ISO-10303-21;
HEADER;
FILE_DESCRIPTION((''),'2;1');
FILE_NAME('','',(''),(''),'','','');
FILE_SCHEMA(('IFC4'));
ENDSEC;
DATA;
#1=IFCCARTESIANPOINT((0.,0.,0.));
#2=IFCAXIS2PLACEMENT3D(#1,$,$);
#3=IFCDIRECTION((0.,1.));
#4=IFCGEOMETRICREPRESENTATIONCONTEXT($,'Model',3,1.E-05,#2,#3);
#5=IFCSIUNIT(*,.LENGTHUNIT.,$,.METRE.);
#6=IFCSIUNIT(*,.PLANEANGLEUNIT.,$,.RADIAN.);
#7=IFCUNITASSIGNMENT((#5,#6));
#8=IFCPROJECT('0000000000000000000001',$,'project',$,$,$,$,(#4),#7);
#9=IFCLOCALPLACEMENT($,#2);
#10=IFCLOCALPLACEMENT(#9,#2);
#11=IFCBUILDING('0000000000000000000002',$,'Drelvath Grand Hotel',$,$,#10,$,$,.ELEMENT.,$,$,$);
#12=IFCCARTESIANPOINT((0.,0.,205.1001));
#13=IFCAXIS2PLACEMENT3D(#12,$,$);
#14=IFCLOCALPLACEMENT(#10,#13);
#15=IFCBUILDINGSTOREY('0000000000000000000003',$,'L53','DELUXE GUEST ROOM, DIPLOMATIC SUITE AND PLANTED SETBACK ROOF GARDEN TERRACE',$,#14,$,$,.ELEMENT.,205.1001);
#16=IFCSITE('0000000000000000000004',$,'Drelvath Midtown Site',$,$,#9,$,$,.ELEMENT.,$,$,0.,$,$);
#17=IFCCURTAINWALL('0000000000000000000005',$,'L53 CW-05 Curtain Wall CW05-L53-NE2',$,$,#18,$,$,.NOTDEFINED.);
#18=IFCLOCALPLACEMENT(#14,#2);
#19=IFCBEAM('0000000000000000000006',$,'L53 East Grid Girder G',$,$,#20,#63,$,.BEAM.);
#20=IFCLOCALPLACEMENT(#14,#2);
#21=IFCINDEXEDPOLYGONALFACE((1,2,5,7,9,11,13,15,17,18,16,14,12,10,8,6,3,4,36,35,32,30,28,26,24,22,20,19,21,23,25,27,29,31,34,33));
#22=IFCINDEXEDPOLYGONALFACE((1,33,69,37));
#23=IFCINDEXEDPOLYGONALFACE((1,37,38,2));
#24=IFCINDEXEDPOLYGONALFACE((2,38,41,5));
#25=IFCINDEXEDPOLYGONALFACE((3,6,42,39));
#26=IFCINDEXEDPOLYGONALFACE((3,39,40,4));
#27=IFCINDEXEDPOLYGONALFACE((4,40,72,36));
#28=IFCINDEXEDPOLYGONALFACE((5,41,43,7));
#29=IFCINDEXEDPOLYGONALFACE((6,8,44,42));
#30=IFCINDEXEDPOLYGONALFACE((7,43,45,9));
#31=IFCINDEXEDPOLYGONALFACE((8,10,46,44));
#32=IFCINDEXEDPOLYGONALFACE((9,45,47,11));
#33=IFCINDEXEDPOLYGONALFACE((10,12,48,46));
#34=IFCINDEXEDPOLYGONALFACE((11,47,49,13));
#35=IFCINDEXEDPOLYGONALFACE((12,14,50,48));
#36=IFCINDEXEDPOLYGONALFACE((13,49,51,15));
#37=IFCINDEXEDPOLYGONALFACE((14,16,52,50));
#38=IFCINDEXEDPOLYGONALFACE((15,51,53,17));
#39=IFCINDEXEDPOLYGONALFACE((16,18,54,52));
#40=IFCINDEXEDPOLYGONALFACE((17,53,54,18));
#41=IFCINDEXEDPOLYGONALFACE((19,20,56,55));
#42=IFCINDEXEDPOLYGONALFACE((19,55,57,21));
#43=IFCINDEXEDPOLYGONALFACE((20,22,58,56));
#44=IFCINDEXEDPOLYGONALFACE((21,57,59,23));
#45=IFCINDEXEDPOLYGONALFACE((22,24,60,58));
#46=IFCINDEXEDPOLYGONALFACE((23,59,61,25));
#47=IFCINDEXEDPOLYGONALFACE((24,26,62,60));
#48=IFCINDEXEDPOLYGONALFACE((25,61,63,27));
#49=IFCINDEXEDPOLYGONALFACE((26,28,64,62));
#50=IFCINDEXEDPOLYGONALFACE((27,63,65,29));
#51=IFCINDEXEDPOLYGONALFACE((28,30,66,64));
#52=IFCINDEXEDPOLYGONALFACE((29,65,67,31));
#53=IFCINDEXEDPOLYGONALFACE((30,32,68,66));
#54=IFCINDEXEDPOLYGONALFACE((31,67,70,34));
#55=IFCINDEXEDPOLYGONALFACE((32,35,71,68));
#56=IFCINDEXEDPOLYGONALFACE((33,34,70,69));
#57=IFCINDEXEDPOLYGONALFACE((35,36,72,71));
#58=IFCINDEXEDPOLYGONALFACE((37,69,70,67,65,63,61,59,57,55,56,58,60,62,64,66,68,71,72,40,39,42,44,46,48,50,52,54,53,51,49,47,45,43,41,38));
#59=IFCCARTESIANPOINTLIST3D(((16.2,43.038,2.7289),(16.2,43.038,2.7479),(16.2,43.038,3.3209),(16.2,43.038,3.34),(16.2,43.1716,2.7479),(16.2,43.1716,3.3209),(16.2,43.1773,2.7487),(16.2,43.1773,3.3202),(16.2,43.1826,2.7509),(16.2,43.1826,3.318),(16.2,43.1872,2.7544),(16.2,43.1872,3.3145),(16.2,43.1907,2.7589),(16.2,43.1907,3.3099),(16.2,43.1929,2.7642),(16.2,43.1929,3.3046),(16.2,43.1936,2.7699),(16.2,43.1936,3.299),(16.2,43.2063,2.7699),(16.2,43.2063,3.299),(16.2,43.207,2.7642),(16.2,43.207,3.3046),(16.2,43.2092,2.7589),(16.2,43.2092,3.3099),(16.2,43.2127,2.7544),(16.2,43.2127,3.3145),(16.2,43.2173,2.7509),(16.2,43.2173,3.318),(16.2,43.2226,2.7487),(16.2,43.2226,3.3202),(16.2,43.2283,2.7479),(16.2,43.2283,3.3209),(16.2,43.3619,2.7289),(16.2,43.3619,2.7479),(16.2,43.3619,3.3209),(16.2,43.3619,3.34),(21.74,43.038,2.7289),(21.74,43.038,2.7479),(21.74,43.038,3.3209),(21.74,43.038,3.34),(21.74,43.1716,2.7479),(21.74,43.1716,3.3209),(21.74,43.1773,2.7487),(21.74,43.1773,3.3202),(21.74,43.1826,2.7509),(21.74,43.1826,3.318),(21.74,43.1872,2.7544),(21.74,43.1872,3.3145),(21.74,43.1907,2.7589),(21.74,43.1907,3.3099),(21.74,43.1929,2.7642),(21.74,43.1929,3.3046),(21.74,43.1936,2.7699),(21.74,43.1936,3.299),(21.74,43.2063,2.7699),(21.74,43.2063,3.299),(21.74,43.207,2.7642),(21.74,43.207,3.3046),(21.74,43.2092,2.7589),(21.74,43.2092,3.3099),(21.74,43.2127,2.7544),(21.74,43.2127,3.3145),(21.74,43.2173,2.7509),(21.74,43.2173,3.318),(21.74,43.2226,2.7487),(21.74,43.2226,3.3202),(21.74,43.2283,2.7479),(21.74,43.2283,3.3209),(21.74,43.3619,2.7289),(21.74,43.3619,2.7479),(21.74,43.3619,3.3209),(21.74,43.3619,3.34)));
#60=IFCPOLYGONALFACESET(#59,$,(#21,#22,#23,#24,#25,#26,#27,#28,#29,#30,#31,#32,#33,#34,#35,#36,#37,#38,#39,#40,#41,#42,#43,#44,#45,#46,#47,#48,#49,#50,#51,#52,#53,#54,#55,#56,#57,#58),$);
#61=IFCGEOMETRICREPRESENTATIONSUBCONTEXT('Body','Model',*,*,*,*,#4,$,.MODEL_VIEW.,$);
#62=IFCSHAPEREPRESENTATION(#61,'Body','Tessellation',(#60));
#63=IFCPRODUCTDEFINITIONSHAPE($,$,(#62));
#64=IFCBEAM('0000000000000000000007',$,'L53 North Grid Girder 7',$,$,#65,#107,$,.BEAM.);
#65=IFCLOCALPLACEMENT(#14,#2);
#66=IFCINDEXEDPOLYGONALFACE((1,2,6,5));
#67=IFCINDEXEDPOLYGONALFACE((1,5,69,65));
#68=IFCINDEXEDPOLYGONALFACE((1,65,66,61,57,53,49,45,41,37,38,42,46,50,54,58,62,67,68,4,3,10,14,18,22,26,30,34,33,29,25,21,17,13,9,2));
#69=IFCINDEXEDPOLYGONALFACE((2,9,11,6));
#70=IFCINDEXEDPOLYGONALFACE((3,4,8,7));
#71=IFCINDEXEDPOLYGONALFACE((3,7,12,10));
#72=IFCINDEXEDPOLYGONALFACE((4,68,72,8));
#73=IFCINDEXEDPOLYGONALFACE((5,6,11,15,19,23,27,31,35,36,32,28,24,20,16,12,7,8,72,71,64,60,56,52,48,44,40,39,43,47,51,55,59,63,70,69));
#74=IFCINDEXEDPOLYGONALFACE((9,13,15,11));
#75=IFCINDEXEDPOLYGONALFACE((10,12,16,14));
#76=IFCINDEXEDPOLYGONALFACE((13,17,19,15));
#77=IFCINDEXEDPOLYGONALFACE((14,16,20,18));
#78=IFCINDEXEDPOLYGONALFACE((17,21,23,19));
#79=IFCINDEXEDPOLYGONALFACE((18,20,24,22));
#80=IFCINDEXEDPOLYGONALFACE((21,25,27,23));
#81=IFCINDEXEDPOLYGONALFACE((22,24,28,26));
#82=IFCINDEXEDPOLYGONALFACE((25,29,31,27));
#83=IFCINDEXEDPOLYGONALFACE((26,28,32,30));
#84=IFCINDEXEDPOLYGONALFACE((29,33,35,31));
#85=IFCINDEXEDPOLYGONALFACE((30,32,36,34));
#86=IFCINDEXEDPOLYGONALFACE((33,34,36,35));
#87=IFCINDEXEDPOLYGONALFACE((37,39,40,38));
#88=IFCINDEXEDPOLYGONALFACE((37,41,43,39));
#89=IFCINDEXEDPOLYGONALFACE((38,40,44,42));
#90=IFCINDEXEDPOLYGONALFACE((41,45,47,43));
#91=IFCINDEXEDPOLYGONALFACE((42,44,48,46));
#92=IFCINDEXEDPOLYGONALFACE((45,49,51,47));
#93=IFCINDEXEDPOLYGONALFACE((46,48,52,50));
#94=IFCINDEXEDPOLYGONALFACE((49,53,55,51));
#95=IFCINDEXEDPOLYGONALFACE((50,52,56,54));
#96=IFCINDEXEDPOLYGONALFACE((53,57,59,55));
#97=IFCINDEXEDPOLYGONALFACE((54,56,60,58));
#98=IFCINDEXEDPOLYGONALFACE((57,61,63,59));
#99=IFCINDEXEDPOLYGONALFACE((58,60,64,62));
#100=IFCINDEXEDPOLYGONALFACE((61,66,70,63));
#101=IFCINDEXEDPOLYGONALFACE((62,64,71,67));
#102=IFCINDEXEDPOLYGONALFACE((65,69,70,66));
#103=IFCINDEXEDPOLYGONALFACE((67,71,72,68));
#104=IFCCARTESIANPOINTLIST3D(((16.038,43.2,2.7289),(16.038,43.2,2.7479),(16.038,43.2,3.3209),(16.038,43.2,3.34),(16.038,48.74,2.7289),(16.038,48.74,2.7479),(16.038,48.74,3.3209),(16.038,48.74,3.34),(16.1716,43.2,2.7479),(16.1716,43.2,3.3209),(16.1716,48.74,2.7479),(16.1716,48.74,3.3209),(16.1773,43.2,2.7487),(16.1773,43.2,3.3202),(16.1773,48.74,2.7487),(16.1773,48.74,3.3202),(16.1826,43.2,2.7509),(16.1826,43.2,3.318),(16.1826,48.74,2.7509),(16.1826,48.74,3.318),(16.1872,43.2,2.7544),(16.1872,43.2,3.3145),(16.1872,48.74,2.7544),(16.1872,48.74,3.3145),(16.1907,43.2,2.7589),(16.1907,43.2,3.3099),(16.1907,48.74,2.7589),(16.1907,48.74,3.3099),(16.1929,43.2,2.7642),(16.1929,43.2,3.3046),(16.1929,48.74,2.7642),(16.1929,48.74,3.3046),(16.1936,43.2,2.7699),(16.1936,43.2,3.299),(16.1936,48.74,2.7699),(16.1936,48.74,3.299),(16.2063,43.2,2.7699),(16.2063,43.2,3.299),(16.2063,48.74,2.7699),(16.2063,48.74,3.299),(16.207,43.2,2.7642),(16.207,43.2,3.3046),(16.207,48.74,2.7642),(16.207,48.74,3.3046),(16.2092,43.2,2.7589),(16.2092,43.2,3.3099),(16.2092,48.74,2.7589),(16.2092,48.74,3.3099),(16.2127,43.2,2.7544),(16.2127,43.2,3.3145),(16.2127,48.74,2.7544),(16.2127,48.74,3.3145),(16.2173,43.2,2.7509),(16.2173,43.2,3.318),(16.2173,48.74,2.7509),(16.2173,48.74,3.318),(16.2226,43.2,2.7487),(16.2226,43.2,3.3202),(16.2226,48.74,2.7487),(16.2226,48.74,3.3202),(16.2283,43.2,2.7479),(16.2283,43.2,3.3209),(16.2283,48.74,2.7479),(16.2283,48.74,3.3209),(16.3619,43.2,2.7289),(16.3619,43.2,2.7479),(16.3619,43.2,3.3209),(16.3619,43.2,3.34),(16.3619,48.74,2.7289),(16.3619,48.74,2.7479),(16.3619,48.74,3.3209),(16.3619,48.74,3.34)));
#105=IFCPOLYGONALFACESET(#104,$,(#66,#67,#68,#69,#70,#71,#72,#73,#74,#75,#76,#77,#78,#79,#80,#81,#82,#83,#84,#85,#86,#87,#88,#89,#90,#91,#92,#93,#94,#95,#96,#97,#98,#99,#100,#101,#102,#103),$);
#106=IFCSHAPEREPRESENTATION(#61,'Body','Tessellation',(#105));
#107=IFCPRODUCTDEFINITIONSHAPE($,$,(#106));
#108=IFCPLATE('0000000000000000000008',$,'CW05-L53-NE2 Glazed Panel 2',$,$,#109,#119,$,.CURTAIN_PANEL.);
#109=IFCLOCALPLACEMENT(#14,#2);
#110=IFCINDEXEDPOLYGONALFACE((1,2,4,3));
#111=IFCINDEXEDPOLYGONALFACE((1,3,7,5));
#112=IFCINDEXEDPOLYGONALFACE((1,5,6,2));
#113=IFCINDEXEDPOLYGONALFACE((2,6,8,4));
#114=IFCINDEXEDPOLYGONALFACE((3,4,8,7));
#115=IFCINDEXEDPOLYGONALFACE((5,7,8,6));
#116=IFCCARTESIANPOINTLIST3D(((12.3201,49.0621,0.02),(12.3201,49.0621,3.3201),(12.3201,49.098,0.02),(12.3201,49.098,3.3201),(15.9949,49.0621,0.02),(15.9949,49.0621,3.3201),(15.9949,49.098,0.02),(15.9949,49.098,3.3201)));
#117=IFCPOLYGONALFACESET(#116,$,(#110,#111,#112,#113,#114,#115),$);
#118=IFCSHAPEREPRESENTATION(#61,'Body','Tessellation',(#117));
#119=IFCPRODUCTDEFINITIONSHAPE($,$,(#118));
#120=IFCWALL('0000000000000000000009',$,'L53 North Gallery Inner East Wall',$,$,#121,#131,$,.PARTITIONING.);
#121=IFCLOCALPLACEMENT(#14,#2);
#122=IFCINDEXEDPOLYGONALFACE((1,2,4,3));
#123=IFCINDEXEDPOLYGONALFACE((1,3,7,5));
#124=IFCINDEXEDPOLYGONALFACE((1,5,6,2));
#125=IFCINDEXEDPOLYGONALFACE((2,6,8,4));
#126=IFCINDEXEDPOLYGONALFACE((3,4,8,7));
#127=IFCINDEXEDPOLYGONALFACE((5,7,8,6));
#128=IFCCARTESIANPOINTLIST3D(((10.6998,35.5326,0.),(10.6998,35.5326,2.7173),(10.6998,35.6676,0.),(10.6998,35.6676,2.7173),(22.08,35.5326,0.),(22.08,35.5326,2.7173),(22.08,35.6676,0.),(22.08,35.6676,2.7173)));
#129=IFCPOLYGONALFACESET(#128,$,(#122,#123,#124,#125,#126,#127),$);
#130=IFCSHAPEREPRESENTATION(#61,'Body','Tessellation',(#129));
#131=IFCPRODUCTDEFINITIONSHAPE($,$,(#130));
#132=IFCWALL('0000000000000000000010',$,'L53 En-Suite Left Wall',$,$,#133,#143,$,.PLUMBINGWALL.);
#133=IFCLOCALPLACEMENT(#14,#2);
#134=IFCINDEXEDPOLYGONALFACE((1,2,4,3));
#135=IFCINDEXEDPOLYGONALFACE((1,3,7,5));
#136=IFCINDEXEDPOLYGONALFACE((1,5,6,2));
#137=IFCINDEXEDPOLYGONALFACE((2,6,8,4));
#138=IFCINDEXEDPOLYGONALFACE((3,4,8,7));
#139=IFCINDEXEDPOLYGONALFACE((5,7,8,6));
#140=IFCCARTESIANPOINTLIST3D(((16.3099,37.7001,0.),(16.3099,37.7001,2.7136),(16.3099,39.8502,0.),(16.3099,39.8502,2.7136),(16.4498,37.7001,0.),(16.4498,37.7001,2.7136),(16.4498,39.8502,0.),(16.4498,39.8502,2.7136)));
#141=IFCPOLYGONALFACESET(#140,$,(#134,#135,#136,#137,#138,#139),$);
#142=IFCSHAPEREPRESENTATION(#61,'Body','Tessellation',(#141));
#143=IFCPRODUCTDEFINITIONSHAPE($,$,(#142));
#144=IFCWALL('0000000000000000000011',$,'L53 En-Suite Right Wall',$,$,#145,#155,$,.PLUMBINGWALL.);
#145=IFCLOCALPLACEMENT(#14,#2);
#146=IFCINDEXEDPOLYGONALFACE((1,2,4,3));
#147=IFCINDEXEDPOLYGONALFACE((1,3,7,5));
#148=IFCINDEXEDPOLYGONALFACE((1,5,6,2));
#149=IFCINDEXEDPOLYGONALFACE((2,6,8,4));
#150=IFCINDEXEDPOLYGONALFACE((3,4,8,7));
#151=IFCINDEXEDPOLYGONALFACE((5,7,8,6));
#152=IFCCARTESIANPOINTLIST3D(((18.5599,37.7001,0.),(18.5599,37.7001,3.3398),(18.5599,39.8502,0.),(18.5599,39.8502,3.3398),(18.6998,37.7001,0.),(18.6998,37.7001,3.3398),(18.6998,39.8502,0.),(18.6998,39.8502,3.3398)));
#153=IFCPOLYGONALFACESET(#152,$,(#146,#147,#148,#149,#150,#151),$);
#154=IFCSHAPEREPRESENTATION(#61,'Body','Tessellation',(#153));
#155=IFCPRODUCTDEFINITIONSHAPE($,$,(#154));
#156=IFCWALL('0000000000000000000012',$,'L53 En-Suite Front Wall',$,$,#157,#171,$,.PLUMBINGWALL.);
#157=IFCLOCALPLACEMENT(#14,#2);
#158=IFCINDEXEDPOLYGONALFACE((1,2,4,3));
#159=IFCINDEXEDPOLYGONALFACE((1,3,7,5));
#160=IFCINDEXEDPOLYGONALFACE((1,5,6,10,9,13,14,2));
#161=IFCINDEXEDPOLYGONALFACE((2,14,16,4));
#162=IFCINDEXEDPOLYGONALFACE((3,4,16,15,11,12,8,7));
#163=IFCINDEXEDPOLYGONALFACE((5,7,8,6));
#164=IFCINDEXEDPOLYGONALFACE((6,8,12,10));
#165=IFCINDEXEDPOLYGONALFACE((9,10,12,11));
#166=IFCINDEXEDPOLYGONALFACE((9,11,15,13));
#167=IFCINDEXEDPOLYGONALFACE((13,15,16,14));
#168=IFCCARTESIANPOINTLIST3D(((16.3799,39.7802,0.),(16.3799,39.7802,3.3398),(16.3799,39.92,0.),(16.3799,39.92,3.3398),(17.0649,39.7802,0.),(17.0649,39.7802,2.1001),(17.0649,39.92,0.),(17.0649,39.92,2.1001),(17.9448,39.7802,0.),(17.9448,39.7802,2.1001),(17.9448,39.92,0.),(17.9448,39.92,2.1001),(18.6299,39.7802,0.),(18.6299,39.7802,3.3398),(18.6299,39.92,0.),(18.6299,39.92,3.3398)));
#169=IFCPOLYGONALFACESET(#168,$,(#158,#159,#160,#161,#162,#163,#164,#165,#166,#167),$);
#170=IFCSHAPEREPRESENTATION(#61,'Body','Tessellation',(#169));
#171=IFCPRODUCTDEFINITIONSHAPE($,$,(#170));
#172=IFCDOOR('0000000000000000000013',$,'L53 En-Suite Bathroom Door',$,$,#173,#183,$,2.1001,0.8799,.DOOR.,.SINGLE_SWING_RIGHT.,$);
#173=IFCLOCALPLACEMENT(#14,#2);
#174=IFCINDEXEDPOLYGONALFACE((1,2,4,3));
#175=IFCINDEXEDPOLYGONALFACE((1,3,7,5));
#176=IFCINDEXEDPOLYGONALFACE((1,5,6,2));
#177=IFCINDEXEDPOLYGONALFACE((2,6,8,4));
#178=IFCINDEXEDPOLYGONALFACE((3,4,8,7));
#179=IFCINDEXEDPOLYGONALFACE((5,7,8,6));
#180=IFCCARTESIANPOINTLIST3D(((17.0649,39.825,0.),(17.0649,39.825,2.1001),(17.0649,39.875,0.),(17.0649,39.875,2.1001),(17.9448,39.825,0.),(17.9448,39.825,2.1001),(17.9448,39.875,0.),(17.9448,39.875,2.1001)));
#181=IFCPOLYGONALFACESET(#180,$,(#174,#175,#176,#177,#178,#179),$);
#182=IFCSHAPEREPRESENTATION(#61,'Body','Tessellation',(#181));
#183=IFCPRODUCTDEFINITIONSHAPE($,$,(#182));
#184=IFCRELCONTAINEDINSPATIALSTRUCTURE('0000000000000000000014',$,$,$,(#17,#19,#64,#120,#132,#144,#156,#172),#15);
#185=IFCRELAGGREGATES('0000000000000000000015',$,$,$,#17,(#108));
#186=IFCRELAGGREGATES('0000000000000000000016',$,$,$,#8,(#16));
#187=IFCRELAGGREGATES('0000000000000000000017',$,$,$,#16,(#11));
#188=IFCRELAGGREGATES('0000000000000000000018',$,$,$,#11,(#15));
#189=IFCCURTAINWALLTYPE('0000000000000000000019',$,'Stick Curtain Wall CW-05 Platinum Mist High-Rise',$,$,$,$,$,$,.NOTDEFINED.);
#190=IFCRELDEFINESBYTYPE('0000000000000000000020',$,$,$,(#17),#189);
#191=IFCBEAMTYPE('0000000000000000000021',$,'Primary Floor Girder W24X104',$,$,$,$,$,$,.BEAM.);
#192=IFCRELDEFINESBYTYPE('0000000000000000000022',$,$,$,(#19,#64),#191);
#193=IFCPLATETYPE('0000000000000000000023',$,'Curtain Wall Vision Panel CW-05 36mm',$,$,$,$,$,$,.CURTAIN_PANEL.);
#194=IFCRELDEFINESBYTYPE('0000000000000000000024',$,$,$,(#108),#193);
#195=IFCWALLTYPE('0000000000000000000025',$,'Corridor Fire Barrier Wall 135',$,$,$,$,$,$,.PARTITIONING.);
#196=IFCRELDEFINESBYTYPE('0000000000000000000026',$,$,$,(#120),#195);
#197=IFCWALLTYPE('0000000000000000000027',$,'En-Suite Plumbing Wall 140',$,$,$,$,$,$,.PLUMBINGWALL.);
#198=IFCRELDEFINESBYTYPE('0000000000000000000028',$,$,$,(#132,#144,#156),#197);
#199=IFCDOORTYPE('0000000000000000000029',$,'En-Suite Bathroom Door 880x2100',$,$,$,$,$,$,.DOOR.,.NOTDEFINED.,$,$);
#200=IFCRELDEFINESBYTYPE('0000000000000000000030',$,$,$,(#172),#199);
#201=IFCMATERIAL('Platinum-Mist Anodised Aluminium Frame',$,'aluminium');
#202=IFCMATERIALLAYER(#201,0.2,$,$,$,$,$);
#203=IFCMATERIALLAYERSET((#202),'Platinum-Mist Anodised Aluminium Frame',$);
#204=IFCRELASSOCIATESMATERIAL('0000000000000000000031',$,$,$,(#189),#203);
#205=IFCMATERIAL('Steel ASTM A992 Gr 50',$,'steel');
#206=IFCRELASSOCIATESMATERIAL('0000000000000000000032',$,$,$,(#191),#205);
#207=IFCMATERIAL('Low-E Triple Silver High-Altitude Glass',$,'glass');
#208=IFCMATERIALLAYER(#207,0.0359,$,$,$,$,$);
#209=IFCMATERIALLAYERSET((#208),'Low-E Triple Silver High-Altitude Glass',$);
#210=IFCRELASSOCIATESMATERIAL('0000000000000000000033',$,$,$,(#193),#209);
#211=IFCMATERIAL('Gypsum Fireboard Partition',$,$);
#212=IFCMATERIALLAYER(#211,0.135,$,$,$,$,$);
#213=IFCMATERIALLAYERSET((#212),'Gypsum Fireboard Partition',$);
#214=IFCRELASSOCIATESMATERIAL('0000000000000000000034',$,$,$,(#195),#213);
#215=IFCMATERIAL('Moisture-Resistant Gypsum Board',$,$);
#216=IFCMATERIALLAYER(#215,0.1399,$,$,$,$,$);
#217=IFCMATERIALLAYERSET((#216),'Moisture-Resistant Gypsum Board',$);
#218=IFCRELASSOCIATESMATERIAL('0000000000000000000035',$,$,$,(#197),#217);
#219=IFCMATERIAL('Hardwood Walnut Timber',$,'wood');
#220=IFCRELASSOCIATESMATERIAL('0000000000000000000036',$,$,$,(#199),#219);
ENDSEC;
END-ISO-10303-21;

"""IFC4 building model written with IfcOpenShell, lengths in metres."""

from ifc_helpers import new_model, si_unit, direction, frame, frame_2d, origin, origin_2d, place, context, subcontext, project, spatial, rectangle, i_section, extrude, material, layer, layer_set, material_profile, profile_set, type_object, element, fill, aggregate, save


model = new_model("IFC4")

# Units and contexts
model_context = context("Model", 3, precision=1e-05, world=origin(), true_north=direction((0.0, 1.0)))
body_context = subcontext(model_context, "Body", "Model", "MODEL_VIEW")
ifc_project = project(units=[si_unit("LENGTHUNIT", "METRE"), si_unit("PLANEANGLEUNIT", "RADIAN")], contexts=[model_context])

# Site, building, storey
site_placement = place(None, origin())
site = spatial("IfcSite", under=ifc_project, at=site_placement, Name="Drelvath Midtown Site", CompositionType="ELEMENT", RefElevation=0.0)
building_placement = place(site_placement, origin())
building = spatial("IfcBuilding", under=site, at=building_placement, Name="Drelvath Grand Hotel", CompositionType="ELEMENT")
storey_placement = place(building_placement, frame((0.0, 0.0, 205.1001)))
storey = spatial("IfcBuildingStorey", under=building, at=storey_placement, Name="L53", Description="DELUXE GUEST ROOM, DIPLOMATIC SUITE AND PLANTED SETBACK ROOF GARDEN TERRACE", CompositionType="ELEMENT", Elevation=205.1001)

# Curtain wall
ifc_material_1 = material(Name="Platinum-Mist Anodised Aluminium Frame", Category="aluminium")
ifc_layer_1 = layer(ifc_material_1, 0.2)
ifc_layer_set_1 = layer_set([ifc_layer_1], Name="Platinum-Mist Anodised Aluminium Frame")
curtain_wall_type = type_object("IfcCurtainWallType", Name="Stick Curtain Wall CW-05 Platinum Mist High-Rise", PredefinedType="NOTDEFINED", material=ifc_layer_set_1)
curtain_wall_placement = place(storey_placement, origin())
curtain_wall = element("IfcCurtainWall", 1, at=curtain_wall_placement, inside=storey, type_object=curtain_wall_type, Name="L53 CW-05 Curtain Wall CW05-L53-NE2", PredefinedType="NOTDEFINED")

# Beams
ifc_material_2 = material(Name="Steel ASTM A992 Gr 50", Category="steel")
ifc_material_profile_1 = material_profile(ifc_material_2, i_section(OverallWidth=0.324, OverallDepth=0.6111, WebThickness=0.0127, FlangeThickness=0.019, FilletRadius=0.022, at=origin_2d()), Name="W24X104")
ifc_profile_set_1 = profile_set([ifc_material_profile_1], Name="Steel ASTM A992 Gr 50")
beam_type_1 = type_object("IfcBeamType", Name="Primary Floor Girder W24X104", PredefinedType="BEAM", material=ifc_profile_set_1)
for number, where, z_axis, x_axis, name in (
    (2, (16.2, 43.2, 3.0344), (1.0, 0.0, 0.0), (0.0, 1.0, 0.0), "L53 East Grid Girder G"),
    (3, (16.2, 43.2, 3.0344), (0.0, 1.0, 0.0), (-1.0, 0.0, 0.0), "L53 North Grid Girder 7"),
):
    element("IfcBeam", number, at=place(storey_placement, frame(where, z_axis=z_axis, x_axis=x_axis)), inside=storey, type_object=beam_type_1, Name=name, PredefinedType="BEAM", context=body_context, shape_type="SweptSolid", body=[
        extrude(i_section(OverallWidth=0.324, OverallDepth=0.6111, WebThickness=0.0127, FlangeThickness=0.019, FilletRadius=0.022, at=origin_2d()), origin(), (0.0, 0.0, 1.0), 5.54),
    ])

# Plate
ifc_material_3 = material(Name="Low-E Triple Silver High-Altitude Glass", Category="glass")
ifc_layer_2 = layer(ifc_material_3, 0.0359)
ifc_layer_set_2 = layer_set([ifc_layer_2], Name="Low-E Triple Silver High-Altitude Glass")
plate_type = type_object("IfcPlateType", Name="Curtain Wall Vision Panel CW-05 36mm", PredefinedType="CURTAIN_PANEL", material=ifc_layer_set_2)
plate_placement = place(storey_placement, frame((14.1575, 49.0801, 0.02), z_axis=(0.0, 0.0, 1.0), x_axis=(1.0, 0.0, 0.0)))
plate = element("IfcPlate", 4, at=plate_placement, type_object=plate_type, Name="CW05-L53-NE2 Glazed Panel 2", PredefinedType="CURTAIN_PANEL", context=body_context, shape_type="SweptSolid", body=[
    extrude(rectangle(XDim=3.6748, YDim=0.0359, at=origin_2d()), origin(), (0.0, 0.0, 1.0), 3.3),
])
aggregate(curtain_wall, [plate])

# Walls
ifc_material_4 = material(Name="Gypsum Fireboard Partition")
ifc_layer_3 = layer(ifc_material_4, 0.135)
ifc_layer_set_3 = layer_set([ifc_layer_3], Name="Gypsum Fireboard Partition")
wall_type_1 = type_object("IfcWallType", Name="Corridor Fire Barrier Wall 135", PredefinedType="PARTITIONING", material=ifc_layer_set_3)
wall_1_placement = place(storey_placement, frame((10.7, 35.6001, 0.0), z_axis=(0.0, 0.0, 1.0), x_axis=(1.0, 0.0, 0.0)))
element("IfcWall", 5, at=wall_1_placement, inside=storey, type_object=wall_type_1, Name="L53 North Gallery Inner East Wall", PredefinedType="PARTITIONING", context=body_context, shape_type="SweptSolid", body=[
    extrude(rectangle(XDim=11.3801, YDim=0.135, at=frame_2d((5.6899, 0.0))), origin(), (0.0, 0.0, 1.0), 2.7173),
])
ifc_material_5 = material(Name="Moisture-Resistant Gypsum Board")
ifc_layer_4 = layer(ifc_material_5, 0.1399)
ifc_layer_set_4 = layer_set([ifc_layer_4], Name="Moisture-Resistant Gypsum Board")
wall_type_2 = type_object("IfcWallType", Name="En-Suite Plumbing Wall 140", PredefinedType="PLUMBINGWALL", material=ifc_layer_set_4)
wall_2_placement = place(storey_placement, frame((16.3799, 37.7, 0.0), z_axis=(0.0, 0.0, 1.0), x_axis=(0.0, 1.0, 0.0)))
element("IfcWall", 6, at=wall_2_placement, inside=storey, type_object=wall_type_2, Name="L53 En-Suite Left Wall", PredefinedType="PLUMBINGWALL", context=body_context, shape_type="SweptSolid", body=[
    extrude(rectangle(XDim=2.1501, YDim=0.1399, at=frame_2d((1.0752, 0.0))), origin(), (0.0, 0.0, 1.0), 2.7136),
])
wall_3_placement = place(storey_placement, frame((18.6299, 37.7, 0.0), z_axis=(0.0, 0.0, 1.0), x_axis=(0.0, 1.0, 0.0)))
element("IfcWall", 7, at=wall_3_placement, inside=storey, type_object=wall_type_2, Name="L53 En-Suite Right Wall", PredefinedType="PLUMBINGWALL", context=body_context, shape_type="SweptSolid", body=[
    extrude(rectangle(XDim=2.1501, YDim=0.1399, at=frame_2d((1.0752, 0.0))), origin(), (0.0, 0.0, 1.0), 3.3398),
])

# Wall, opening, door
wall_4_placement = place(storey_placement, frame((16.3799, 39.8501, 0.0), z_axis=(0.0, 0.0, 1.0), x_axis=(1.0, 0.0, 0.0)))
wall_4 = element("IfcWall", 8, at=wall_4_placement, inside=storey, type_object=wall_type_2, Name="L53 En-Suite Front Wall", PredefinedType="PLUMBINGWALL", context=body_context, shape_type="SweptSolid", body=[
    extrude(rectangle(XDim=2.25, YDim=0.1399, at=frame_2d((1.125, 0.0))), origin(), (0.0, 0.0, 1.0), 3.3398),
])
opening_1_placement = place(wall_4_placement, frame((0.6851, 0.0, 0.0)))
opening_1 = element("IfcOpeningElement", 9, at=opening_1_placement, cuts=wall_4, PredefinedType="OPENING", context=body_context, shape_type="SweptSolid", body=[
    extrude(rectangle(XDim=0.8799, YDim=2.1001, at=frame_2d((0.4399, 1.05))), frame((0.0, 0.0798, 0.0), z_axis=(0.0, -1.0, 0.0), x_axis=(1.0, 0.0, 0.0)), (0.0, 0.0, 1.0), 0.1599),
])
ifc_material_6 = material(Name="Hardwood Walnut Timber", Category="wood")
door_type_1 = type_object("IfcDoorType", Name="En-Suite Bathroom Door 880x2100", OperationType="NOTDEFINED", PredefinedType="DOOR", material=ifc_material_6)
door_1_placement = place(opening_1_placement, origin())
door_1 = element("IfcDoor", 10, at=door_1_placement, inside=storey, type_object=door_type_1, Name="L53 En-Suite Bathroom Door", OperationType="SINGLE_SWING_RIGHT", OverallHeight=2.1001, OverallWidth=0.8799, PredefinedType="DOOR", context=body_context, shape_type="SweptSolid", body=[
    extrude(rectangle(XDim=0.8799, YDim=2.1001, at=frame_2d((0.4399, 1.05))), frame((0.0, 0.0249, 0.0), z_axis=(0.0, -1.0, 0.0), x_axis=(1.0, 0.0, 0.0)), (0.0, 0.0, 1.0), 0.05),
])
fill(opening_1, door_1)

save(model, "model.ifc")
